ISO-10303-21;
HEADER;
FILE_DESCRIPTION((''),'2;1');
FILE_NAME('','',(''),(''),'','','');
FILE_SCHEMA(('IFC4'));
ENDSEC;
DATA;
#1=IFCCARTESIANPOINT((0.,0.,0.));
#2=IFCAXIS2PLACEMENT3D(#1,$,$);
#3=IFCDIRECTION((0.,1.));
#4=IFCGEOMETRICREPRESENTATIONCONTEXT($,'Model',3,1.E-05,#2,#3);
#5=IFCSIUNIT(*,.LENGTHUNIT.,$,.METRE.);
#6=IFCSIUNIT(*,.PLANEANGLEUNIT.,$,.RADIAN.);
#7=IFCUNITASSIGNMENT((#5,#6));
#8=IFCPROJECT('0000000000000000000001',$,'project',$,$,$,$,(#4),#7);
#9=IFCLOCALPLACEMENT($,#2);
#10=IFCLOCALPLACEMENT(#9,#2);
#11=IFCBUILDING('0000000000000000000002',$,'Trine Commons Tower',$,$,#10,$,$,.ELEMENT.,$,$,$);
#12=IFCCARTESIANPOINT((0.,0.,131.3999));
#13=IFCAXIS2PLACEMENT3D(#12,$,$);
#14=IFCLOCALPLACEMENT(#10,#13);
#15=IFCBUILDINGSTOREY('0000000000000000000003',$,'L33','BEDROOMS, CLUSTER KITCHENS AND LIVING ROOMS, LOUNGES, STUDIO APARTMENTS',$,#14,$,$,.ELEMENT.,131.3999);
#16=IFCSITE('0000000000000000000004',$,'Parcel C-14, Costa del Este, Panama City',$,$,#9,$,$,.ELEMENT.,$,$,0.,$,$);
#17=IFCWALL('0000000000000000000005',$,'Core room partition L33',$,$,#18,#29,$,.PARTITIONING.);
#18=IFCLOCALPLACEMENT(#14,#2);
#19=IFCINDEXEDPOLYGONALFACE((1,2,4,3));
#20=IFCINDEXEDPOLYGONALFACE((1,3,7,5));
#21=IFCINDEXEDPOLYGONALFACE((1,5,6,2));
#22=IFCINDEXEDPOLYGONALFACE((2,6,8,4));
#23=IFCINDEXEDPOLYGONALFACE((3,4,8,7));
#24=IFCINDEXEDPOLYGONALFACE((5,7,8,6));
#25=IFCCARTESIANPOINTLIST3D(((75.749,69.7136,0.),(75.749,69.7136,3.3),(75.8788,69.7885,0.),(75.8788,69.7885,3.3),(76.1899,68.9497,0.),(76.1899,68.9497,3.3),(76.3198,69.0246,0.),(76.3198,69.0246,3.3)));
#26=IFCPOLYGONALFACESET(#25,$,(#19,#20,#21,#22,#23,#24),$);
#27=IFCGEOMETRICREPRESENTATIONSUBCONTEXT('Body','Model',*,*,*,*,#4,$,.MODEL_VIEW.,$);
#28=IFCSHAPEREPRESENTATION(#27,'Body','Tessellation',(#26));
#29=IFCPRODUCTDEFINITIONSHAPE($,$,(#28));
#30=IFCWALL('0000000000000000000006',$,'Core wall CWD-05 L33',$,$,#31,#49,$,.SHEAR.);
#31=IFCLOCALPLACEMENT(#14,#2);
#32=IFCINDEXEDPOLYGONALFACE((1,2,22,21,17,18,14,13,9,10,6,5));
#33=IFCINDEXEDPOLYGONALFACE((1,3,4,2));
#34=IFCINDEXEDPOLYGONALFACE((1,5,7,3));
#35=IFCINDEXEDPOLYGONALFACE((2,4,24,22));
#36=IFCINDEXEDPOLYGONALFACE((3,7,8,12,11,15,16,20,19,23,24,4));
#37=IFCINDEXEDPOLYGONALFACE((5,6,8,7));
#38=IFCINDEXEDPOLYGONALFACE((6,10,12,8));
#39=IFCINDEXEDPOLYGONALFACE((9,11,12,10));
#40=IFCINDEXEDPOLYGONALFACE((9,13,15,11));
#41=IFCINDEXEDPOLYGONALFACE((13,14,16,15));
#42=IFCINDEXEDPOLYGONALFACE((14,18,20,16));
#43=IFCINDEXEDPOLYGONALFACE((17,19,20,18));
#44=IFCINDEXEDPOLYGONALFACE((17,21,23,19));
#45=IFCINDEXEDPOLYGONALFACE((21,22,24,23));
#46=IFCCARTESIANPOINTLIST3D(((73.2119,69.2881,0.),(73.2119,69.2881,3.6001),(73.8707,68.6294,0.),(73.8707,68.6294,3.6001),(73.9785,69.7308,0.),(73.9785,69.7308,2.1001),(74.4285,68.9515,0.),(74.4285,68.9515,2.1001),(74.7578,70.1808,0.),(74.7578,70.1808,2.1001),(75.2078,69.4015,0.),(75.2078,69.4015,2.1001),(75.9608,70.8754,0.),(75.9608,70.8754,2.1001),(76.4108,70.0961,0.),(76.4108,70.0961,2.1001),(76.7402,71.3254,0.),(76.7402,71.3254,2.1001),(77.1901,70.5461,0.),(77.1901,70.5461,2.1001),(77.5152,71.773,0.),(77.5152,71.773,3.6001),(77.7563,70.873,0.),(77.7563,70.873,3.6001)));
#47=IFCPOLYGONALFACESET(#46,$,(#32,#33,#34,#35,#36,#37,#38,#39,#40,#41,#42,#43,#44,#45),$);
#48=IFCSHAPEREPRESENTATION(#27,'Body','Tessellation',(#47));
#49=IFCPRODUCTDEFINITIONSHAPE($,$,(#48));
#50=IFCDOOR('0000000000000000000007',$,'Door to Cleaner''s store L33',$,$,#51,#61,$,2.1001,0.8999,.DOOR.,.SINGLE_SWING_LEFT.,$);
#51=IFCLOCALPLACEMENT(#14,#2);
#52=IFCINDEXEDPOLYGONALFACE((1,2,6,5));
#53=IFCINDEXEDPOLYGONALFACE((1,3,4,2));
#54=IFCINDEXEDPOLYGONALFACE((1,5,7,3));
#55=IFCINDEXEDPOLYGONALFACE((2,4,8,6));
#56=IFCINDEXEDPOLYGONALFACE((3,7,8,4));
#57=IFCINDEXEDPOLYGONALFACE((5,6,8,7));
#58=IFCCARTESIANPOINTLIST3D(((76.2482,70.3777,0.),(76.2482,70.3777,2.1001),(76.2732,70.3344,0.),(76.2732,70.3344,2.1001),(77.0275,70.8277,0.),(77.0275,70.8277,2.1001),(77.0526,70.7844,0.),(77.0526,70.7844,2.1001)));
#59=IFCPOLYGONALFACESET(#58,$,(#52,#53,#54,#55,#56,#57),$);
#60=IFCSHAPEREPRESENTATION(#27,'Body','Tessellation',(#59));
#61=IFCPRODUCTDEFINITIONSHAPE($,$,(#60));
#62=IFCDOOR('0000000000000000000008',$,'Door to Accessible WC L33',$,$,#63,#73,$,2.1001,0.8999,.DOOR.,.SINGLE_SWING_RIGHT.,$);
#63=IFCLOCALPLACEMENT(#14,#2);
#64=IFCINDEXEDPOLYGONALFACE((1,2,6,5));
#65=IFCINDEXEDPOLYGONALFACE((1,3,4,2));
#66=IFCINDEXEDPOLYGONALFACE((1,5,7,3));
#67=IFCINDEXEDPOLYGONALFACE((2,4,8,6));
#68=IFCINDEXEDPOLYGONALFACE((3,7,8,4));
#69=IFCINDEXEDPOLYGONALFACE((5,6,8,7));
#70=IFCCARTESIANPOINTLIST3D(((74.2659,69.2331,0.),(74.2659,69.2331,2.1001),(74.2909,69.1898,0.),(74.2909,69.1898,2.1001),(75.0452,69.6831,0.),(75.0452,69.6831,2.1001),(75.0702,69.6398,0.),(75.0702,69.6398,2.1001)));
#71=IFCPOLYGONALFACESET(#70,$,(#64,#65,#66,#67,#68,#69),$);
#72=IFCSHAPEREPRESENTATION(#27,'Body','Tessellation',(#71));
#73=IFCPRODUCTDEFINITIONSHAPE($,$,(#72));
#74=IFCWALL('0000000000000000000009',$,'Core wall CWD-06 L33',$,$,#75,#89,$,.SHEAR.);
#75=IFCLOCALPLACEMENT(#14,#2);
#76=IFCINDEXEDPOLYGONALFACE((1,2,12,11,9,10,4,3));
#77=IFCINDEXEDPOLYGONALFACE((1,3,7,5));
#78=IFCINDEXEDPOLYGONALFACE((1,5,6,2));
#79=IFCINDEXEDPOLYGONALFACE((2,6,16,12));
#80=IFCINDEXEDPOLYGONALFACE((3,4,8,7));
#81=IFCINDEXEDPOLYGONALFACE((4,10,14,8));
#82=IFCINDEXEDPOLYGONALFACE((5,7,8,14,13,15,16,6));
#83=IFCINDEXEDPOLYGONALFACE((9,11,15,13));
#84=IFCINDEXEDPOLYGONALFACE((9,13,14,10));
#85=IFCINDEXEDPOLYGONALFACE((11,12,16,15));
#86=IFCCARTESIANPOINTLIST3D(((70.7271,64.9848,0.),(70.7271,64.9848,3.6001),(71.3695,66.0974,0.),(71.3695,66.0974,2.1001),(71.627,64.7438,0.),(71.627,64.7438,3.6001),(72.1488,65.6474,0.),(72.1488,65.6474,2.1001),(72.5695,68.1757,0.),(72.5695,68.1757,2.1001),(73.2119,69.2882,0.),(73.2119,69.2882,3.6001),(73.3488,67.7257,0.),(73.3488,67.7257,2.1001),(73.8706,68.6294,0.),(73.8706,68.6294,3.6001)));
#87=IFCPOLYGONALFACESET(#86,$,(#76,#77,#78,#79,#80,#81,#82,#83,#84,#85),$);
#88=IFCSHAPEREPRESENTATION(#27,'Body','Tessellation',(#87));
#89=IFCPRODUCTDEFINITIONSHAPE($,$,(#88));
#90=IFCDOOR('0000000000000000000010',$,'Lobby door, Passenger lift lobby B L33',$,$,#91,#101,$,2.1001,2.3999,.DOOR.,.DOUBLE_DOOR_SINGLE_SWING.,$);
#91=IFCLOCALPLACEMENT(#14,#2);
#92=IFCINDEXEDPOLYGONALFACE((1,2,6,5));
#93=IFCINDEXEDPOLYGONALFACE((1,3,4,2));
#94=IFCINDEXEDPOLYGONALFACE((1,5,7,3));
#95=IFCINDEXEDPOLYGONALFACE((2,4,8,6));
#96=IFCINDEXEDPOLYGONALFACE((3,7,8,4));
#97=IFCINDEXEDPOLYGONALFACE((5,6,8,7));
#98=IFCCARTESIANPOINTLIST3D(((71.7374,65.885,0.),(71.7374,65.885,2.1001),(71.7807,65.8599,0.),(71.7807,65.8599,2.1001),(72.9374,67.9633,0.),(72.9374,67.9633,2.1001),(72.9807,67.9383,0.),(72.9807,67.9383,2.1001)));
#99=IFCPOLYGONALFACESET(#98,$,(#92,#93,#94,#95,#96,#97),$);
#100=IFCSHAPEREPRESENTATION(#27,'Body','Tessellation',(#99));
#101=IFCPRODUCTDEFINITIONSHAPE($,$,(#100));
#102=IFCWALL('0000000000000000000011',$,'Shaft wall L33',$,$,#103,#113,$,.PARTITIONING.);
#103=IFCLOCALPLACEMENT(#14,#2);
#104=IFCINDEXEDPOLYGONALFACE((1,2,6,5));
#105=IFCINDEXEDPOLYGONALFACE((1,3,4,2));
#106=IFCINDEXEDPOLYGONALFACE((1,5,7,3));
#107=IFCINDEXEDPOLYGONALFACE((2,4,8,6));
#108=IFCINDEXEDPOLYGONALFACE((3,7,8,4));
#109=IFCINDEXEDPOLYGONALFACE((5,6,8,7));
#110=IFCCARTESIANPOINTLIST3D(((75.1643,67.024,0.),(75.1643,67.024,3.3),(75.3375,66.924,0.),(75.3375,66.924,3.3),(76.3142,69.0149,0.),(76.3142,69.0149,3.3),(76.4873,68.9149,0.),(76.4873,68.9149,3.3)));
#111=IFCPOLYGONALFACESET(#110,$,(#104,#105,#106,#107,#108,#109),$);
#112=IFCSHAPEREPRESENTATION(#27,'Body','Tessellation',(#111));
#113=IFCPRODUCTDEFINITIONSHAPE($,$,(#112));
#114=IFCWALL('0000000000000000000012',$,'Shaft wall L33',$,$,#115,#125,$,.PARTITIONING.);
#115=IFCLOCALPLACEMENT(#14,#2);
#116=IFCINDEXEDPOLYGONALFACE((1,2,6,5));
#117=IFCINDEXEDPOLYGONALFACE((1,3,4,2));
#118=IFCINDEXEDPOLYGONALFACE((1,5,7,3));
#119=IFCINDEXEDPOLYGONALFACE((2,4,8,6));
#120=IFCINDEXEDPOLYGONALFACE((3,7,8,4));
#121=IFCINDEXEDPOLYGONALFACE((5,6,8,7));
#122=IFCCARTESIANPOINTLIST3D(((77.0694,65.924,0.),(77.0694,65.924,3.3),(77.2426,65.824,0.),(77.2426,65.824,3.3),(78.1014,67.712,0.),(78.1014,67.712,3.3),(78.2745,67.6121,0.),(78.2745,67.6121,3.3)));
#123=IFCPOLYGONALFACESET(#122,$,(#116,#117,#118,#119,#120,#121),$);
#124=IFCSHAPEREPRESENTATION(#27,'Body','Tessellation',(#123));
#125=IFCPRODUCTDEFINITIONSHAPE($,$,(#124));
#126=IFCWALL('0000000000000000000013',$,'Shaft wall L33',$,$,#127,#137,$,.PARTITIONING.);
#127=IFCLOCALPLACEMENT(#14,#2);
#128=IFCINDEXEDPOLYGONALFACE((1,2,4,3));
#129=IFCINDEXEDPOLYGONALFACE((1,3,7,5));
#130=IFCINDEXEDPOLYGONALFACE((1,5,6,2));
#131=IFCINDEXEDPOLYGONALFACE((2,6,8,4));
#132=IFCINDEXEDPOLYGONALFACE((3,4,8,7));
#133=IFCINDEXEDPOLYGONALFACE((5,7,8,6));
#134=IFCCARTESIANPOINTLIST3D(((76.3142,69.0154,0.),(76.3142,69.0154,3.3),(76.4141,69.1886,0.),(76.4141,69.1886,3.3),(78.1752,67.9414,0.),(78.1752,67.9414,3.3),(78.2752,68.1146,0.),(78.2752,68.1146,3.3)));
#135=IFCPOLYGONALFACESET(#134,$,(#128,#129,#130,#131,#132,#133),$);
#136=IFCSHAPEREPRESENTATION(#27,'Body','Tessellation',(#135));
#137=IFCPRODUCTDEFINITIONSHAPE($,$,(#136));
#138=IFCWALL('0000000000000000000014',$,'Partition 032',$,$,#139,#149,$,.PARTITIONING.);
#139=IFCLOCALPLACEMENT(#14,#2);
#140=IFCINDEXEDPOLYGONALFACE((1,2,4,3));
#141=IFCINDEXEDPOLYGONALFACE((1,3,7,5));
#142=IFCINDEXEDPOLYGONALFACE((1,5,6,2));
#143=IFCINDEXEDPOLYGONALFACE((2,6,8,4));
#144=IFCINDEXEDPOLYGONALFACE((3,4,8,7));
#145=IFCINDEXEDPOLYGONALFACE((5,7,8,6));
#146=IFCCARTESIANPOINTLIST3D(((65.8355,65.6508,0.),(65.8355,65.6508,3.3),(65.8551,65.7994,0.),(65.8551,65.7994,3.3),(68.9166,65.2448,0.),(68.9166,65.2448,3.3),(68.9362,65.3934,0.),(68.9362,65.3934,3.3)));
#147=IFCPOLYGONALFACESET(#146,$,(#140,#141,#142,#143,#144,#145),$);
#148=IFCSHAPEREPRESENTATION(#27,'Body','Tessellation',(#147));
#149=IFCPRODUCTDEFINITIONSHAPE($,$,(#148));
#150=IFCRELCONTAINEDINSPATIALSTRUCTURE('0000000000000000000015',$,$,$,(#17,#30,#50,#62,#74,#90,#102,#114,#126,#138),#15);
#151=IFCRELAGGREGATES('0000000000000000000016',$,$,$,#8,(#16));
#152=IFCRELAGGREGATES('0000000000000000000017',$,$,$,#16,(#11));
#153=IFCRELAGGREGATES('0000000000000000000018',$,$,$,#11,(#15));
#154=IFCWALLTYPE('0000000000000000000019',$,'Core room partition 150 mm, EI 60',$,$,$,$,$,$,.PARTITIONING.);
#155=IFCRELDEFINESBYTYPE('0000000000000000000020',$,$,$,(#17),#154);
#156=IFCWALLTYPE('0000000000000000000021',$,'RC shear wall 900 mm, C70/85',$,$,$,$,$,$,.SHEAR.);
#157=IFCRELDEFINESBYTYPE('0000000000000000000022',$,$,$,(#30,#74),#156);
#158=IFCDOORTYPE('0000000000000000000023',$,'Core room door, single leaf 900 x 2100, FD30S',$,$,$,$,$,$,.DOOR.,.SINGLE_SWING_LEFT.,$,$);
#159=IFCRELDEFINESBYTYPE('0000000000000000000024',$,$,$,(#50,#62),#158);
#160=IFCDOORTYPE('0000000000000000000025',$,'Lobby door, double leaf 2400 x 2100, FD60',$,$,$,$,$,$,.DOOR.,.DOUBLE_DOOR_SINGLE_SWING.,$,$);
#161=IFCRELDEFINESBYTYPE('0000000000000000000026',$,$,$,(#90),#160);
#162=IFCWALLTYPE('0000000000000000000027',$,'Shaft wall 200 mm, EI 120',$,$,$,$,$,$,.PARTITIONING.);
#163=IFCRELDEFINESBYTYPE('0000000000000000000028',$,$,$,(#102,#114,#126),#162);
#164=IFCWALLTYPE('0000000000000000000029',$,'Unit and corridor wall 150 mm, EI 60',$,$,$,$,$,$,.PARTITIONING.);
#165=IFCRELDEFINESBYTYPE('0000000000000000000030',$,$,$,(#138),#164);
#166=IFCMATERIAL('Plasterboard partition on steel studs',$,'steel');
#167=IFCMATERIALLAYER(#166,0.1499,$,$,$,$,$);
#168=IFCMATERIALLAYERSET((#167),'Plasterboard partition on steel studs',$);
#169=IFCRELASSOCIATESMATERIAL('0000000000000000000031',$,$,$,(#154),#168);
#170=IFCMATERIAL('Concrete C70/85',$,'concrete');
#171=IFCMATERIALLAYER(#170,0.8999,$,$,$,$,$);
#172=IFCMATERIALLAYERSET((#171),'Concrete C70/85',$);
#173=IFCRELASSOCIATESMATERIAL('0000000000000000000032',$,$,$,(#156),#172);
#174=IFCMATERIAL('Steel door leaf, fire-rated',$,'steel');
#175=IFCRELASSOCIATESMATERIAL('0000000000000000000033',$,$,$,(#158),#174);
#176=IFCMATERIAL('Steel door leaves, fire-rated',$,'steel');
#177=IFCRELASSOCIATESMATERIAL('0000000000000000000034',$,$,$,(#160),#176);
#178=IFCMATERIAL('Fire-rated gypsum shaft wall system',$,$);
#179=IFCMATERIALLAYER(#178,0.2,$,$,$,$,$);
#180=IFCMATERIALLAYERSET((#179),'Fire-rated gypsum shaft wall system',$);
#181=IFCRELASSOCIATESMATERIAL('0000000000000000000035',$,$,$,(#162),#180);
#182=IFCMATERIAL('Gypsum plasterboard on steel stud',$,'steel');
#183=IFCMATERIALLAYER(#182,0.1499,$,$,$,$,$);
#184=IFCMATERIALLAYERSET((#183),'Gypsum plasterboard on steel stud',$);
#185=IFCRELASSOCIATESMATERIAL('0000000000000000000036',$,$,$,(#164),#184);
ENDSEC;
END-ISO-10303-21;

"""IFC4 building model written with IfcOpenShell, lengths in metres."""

from ifc_helpers import new_model, si_unit, direction, frame, frame_2d, origin, place, context, subcontext, project, spatial, polyline, rectangle, outline, extrude, material, layer, layer_set, type_object, element, fill, save


model = new_model("IFC4")

# Units and contexts
model_context = context("Model", 3, precision=1e-05, world=origin(), true_north=direction((0.0, 1.0)))
body_context = subcontext(model_context, "Body", "Model", "MODEL_VIEW")
ifc_project = project(units=[si_unit("LENGTHUNIT", "METRE"), si_unit("PLANEANGLEUNIT", "RADIAN")], contexts=[model_context])

# Site, building, storey
site_placement = place(None, origin())
site = spatial("IfcSite", under=ifc_project, at=site_placement, Name="Parcel C-14, Costa del Este, Panama City", CompositionType="ELEMENT", RefElevation=0.0)
building_placement = place(site_placement, origin())
building = spatial("IfcBuilding", under=site, at=building_placement, Name="Trine Commons Tower", CompositionType="ELEMENT")
storey_placement = place(building_placement, frame((0.0, 0.0, 131.3999)))
storey = spatial("IfcBuildingStorey", under=building, at=storey_placement, Name="L33", Description="BEDROOMS, CLUSTER KITCHENS AND LIVING ROOMS, LOUNGES, STUDIO APARTMENTS", CompositionType="ELEMENT", Elevation=131.3999)

# Wall
ifc_material_1 = material(Name="Plasterboard partition on steel studs", Category="steel")
ifc_layer_1 = layer(ifc_material_1, 0.1499)
ifc_layer_set_1 = layer_set([ifc_layer_1], Name="Plasterboard partition on steel studs")
wall_type_1 = type_object("IfcWallType", Name="Core room partition 150 mm, EI 60", PredefinedType="PARTITIONING", material=ifc_layer_set_1)
wall_1_placement = place(storey_placement, frame((75.814, 69.751, 0.0), z_axis=(0.0, 0.0, 1.0), x_axis=(0.49989, -0.866089, 0.0)))
element("IfcWall", 1, at=wall_1_placement, inside=storey, type_object=wall_type_1, Name="Core room partition L33", PredefinedType="PARTITIONING", context=body_context, shape_type="SweptSolid", body=[
    extrude(rectangle(XDim=0.8821, YDim=0.1499, at=frame_2d((0.4409, 0.0))), origin(), (0.0, 0.0, 1.0), 3.3),
])

# Wall, openings, doors
ifc_material_2 = material(Name="Concrete C70/85", Category="concrete")
ifc_layer_2 = layer(ifc_material_2, 0.8999)
ifc_layer_set_2 = layer_set([ifc_layer_2], Name="Concrete C70/85")
wall_type_2 = type_object("IfcWallType", Name="RC shear wall 900 mm, C70/85", PredefinedType="SHEAR", material=ifc_layer_set_2)
wall_2_placement = place(storey_placement, frame((77.7402, 71.3833, 0.0), z_axis=(0.0, 0.0, 1.0), x_axis=(-0.866003, -0.500039, 0.0)))
wall_2 = element("IfcWall", 2, at=wall_2_placement, inside=storey, type_object=wall_type_2, Name="Core wall CWD-05 L33", PredefinedType="SHEAR", context=body_context, shape_type="SweptSolid", body=[
    extrude(outline(polyline([(0.0, -0.45), (4.9692, -0.45), (4.728, 0.45), (0.2412, 0.45), (0.0, -0.45)])), origin(), (0.0, 0.0, 1.0), 3.6001),
])
opening_1_placement = place(wall_2_placement, frame((0.895, 0.0, 0.0)))
opening_1 = element("IfcOpeningElement", 3, at=opening_1_placement, cuts=wall_2, PredefinedType="OPENING", context=body_context, shape_type="SweptSolid", body=[
    extrude(rectangle(XDim=0.8999, YDim=2.1001, at=frame_2d((0.45, 1.05))), frame((0.0, 0.46, 0.0), z_axis=(0.0, -1.0, 0.0), x_axis=(1.0, 0.0, 0.0)), (0.0, 0.0, 1.0), 0.9199),
])
opening_2_placement = place(wall_2_placement, frame((3.1841, 0.0, 0.0)))
opening_2 = element("IfcOpeningElement", 4, at=opening_2_placement, cuts=wall_2, PredefinedType="OPENING", context=body_context, shape_type="SweptSolid", body=[
    extrude(rectangle(XDim=0.8999, YDim=2.1001, at=frame_2d((0.45, 1.05))), frame((0.0, 0.46, 0.0), z_axis=(0.0, -1.0, 0.0), x_axis=(1.0, 0.0, 0.0)), (0.0, 0.0, 1.0), 0.9199),
])
ifc_material_3 = material(Name="Steel door leaf, fire-rated", Category="steel")
door_type_1 = type_object("IfcDoorType", Name="Core room door, single leaf 900 x 2100, FD30S", OperationType="SINGLE_SWING_LEFT", PredefinedType="DOOR", material=ifc_material_3)
door_1_placement = place(opening_1_placement, origin())
door_1 = element("IfcDoor", 5, at=door_1_placement, inside=storey, type_object=door_type_1, Name="Door to Cleaner's store L33", OperationType="SINGLE_SWING_LEFT", OverallHeight=2.1001, OverallWidth=0.8999, PredefinedType="DOOR", context=body_context, shape_type="SweptSolid", body=[
    extrude(rectangle(XDim=0.8999, YDim=2.1001, at=frame_2d((0.45, 1.05))), frame((0.0, 0.1748, 0.0), z_axis=(0.0, -1.0, 0.0), x_axis=(1.0, 0.0, 0.0)), (0.0, 0.0, 1.0), 0.05),
])
fill(opening_1, door_1)
door_2_placement = place(opening_2_placement, origin())
door_2 = element("IfcDoor", 6, at=door_2_placement, inside=storey, type_object=door_type_1, Name="Door to Accessible WC L33", OperationType="SINGLE_SWING_RIGHT", OverallHeight=2.1001, OverallWidth=0.8999, PredefinedType="DOOR", context=body_context, shape_type="SweptSolid", body=[
    extrude(rectangle(XDim=0.8999, YDim=2.1001, at=frame_2d((0.45, 1.05))), frame((0.0, 0.1748, 0.0), z_axis=(0.0, -1.0, 0.0), x_axis=(1.0, 0.0, 0.0)), (0.0, 0.0, 1.0), 0.05),
])
fill(opening_2, door_2)

# Wall, opening, door
wall_3_placement = place(storey_placement, frame((73.6016, 69.0632, 0.0), z_axis=(0.0, 0.0, 1.0), x_axis=(-0.500039, -0.866003, 0.0)))
wall_3 = element("IfcWall", 7, at=wall_3_placement, inside=storey, type_object=wall_type_2, Name="Core wall CWD-06 L33", PredefinedType="SHEAR", context=body_context, shape_type="SweptSolid", body=[
    extrude(outline(polyline([(0.0, -0.45), (4.9692, -0.45), (4.728, 0.45), (0.2412, 0.45), (0.0, -0.45)])), origin(), (0.0, 0.0, 1.0), 3.6001),
])
opening_3_placement = place(wall_3_placement, frame((1.2847, 0.0, 0.0)))
opening_3 = element("IfcOpeningElement", 8, at=opening_3_placement, cuts=wall_3, PredefinedType="OPENING", context=body_context, shape_type="SweptSolid", body=[
    extrude(rectangle(XDim=2.3999, YDim=2.1001, at=frame_2d((1.2, 1.05))), frame((0.0, 0.46, 0.0), z_axis=(0.0, -1.0, 0.0), x_axis=(1.0, 0.0, 0.0)), (0.0, 0.0, 1.0), 0.9199),
])
ifc_material_4 = material(Name="Steel door leaves, fire-rated", Category="steel")
door_type_2 = type_object("IfcDoorType", Name="Lobby door, double leaf 2400 x 2100, FD60", OperationType="DOUBLE_DOOR_SINGLE_SWING", PredefinedType="DOOR", material=ifc_material_4)
door_3_placement = place(opening_3_placement, origin())
door_3 = element("IfcDoor", 9, at=door_3_placement, inside=storey, type_object=door_type_2, Name="Lobby door, Passenger lift lobby B L33", OperationType="DOUBLE_DOOR_SINGLE_SWING", OverallHeight=2.1001, OverallWidth=2.3999, PredefinedType="DOOR", context=body_context, shape_type="SweptSolid", body=[
    extrude(rectangle(XDim=2.3999, YDim=2.1001, at=frame_2d((1.2, 1.05))), frame((0.0, 0.0249, 0.0), z_axis=(0.0, -1.0, 0.0), x_axis=(1.0, 0.0, 0.0)), (0.0, 0.0, 1.0), 0.05),
])
fill(opening_3, door_3)

# Walls
ifc_material_5 = material(Name="Fire-rated gypsum shaft wall system")
ifc_layer_3 = layer(ifc_material_5, 0.2)
ifc_layer_set_3 = layer_set([ifc_layer_3], Name="Fire-rated gypsum shaft wall system")
wall_type_3 = type_object("IfcWallType", Name="Shaft wall 200 mm, EI 120", PredefinedType="PARTITIONING", material=ifc_layer_set_3)
wall_4_placement = place(storey_placement, frame((75.251, 66.9741, 0.0), z_axis=(0.0, 0.0, 1.0), x_axis=(0.500136, 0.865947, 0.0)))
element("IfcWall", 10, at=wall_4_placement, inside=storey, type_object=wall_type_3, Name="Shaft wall L33", PredefinedType="PARTITIONING", context=body_context, shape_type="SweptSolid", body=[
    extrude(rectangle(XDim=2.2991, YDim=0.2, at=frame_2d((1.1494, 0.0))), origin(), (0.0, 0.0, 1.0), 3.3),
])
wall_5_placement = place(storey_placement, frame((77.156, 65.874, 0.0), z_axis=(0.0, 0.0, 1.0), x_axis=(0.499866, 0.866103, 0.0)))
element("IfcWall", 11, at=wall_5_placement, inside=storey, type_object=wall_type_3, Name="Shaft wall L33", PredefinedType="PARTITIONING", context=body_context, shape_type="SweptSolid", body=[
    extrude(rectangle(XDim=2.0645, YDim=0.2, at=frame_2d((1.0322, 0.0))), origin(), (0.0, 0.0, 1.0), 3.3),
])
wall_6_placement = place(storey_placement, frame((78.2251, 68.0281, 0.0), z_axis=(0.0, 0.0, 1.0), x_axis=(-0.866131, 0.499818, 0.0)))
element("IfcWall", 12, at=wall_6_placement, inside=storey, type_object=wall_type_3, Name="Shaft wall L33", PredefinedType="PARTITIONING", context=body_context, shape_type="SweptSolid", body=[
    extrude(rectangle(XDim=2.1487, YDim=0.2, at=frame_2d((1.0742, 0.0))), origin(), (0.0, 0.0, 1.0), 3.3),
])
ifc_material_6 = material(Name="Gypsum plasterboard on steel stud", Category="steel")
ifc_layer_4 = layer(ifc_material_6, 0.1499)
ifc_layer_set_4 = layer_set([ifc_layer_4], Name="Gypsum plasterboard on steel stud")
wall_type_4 = type_object("IfcWallType", Name="Unit and corridor wall 150 mm, EI 60", PredefinedType="PARTITIONING", material=ifc_layer_set_4)
wall_7_placement = place(storey_placement, frame((65.8455, 65.7251, 0.0), z_axis=(0.0, 0.0, 1.0), x_axis=(0.991429, -0.130646, 0.0)))
element("IfcWall", 13, at=wall_7_placement, inside=storey, type_object=wall_type_4, Name="Partition 032", PredefinedType="PARTITIONING", context=body_context, shape_type="SweptSolid", body=[
    extrude(rectangle(XDim=3.1077, YDim=0.1499, at=frame_2d((1.5537, 0.0))), origin(), (0.0, 0.0, 1.0), 3.3),
])

save(model, "model.ifc")
